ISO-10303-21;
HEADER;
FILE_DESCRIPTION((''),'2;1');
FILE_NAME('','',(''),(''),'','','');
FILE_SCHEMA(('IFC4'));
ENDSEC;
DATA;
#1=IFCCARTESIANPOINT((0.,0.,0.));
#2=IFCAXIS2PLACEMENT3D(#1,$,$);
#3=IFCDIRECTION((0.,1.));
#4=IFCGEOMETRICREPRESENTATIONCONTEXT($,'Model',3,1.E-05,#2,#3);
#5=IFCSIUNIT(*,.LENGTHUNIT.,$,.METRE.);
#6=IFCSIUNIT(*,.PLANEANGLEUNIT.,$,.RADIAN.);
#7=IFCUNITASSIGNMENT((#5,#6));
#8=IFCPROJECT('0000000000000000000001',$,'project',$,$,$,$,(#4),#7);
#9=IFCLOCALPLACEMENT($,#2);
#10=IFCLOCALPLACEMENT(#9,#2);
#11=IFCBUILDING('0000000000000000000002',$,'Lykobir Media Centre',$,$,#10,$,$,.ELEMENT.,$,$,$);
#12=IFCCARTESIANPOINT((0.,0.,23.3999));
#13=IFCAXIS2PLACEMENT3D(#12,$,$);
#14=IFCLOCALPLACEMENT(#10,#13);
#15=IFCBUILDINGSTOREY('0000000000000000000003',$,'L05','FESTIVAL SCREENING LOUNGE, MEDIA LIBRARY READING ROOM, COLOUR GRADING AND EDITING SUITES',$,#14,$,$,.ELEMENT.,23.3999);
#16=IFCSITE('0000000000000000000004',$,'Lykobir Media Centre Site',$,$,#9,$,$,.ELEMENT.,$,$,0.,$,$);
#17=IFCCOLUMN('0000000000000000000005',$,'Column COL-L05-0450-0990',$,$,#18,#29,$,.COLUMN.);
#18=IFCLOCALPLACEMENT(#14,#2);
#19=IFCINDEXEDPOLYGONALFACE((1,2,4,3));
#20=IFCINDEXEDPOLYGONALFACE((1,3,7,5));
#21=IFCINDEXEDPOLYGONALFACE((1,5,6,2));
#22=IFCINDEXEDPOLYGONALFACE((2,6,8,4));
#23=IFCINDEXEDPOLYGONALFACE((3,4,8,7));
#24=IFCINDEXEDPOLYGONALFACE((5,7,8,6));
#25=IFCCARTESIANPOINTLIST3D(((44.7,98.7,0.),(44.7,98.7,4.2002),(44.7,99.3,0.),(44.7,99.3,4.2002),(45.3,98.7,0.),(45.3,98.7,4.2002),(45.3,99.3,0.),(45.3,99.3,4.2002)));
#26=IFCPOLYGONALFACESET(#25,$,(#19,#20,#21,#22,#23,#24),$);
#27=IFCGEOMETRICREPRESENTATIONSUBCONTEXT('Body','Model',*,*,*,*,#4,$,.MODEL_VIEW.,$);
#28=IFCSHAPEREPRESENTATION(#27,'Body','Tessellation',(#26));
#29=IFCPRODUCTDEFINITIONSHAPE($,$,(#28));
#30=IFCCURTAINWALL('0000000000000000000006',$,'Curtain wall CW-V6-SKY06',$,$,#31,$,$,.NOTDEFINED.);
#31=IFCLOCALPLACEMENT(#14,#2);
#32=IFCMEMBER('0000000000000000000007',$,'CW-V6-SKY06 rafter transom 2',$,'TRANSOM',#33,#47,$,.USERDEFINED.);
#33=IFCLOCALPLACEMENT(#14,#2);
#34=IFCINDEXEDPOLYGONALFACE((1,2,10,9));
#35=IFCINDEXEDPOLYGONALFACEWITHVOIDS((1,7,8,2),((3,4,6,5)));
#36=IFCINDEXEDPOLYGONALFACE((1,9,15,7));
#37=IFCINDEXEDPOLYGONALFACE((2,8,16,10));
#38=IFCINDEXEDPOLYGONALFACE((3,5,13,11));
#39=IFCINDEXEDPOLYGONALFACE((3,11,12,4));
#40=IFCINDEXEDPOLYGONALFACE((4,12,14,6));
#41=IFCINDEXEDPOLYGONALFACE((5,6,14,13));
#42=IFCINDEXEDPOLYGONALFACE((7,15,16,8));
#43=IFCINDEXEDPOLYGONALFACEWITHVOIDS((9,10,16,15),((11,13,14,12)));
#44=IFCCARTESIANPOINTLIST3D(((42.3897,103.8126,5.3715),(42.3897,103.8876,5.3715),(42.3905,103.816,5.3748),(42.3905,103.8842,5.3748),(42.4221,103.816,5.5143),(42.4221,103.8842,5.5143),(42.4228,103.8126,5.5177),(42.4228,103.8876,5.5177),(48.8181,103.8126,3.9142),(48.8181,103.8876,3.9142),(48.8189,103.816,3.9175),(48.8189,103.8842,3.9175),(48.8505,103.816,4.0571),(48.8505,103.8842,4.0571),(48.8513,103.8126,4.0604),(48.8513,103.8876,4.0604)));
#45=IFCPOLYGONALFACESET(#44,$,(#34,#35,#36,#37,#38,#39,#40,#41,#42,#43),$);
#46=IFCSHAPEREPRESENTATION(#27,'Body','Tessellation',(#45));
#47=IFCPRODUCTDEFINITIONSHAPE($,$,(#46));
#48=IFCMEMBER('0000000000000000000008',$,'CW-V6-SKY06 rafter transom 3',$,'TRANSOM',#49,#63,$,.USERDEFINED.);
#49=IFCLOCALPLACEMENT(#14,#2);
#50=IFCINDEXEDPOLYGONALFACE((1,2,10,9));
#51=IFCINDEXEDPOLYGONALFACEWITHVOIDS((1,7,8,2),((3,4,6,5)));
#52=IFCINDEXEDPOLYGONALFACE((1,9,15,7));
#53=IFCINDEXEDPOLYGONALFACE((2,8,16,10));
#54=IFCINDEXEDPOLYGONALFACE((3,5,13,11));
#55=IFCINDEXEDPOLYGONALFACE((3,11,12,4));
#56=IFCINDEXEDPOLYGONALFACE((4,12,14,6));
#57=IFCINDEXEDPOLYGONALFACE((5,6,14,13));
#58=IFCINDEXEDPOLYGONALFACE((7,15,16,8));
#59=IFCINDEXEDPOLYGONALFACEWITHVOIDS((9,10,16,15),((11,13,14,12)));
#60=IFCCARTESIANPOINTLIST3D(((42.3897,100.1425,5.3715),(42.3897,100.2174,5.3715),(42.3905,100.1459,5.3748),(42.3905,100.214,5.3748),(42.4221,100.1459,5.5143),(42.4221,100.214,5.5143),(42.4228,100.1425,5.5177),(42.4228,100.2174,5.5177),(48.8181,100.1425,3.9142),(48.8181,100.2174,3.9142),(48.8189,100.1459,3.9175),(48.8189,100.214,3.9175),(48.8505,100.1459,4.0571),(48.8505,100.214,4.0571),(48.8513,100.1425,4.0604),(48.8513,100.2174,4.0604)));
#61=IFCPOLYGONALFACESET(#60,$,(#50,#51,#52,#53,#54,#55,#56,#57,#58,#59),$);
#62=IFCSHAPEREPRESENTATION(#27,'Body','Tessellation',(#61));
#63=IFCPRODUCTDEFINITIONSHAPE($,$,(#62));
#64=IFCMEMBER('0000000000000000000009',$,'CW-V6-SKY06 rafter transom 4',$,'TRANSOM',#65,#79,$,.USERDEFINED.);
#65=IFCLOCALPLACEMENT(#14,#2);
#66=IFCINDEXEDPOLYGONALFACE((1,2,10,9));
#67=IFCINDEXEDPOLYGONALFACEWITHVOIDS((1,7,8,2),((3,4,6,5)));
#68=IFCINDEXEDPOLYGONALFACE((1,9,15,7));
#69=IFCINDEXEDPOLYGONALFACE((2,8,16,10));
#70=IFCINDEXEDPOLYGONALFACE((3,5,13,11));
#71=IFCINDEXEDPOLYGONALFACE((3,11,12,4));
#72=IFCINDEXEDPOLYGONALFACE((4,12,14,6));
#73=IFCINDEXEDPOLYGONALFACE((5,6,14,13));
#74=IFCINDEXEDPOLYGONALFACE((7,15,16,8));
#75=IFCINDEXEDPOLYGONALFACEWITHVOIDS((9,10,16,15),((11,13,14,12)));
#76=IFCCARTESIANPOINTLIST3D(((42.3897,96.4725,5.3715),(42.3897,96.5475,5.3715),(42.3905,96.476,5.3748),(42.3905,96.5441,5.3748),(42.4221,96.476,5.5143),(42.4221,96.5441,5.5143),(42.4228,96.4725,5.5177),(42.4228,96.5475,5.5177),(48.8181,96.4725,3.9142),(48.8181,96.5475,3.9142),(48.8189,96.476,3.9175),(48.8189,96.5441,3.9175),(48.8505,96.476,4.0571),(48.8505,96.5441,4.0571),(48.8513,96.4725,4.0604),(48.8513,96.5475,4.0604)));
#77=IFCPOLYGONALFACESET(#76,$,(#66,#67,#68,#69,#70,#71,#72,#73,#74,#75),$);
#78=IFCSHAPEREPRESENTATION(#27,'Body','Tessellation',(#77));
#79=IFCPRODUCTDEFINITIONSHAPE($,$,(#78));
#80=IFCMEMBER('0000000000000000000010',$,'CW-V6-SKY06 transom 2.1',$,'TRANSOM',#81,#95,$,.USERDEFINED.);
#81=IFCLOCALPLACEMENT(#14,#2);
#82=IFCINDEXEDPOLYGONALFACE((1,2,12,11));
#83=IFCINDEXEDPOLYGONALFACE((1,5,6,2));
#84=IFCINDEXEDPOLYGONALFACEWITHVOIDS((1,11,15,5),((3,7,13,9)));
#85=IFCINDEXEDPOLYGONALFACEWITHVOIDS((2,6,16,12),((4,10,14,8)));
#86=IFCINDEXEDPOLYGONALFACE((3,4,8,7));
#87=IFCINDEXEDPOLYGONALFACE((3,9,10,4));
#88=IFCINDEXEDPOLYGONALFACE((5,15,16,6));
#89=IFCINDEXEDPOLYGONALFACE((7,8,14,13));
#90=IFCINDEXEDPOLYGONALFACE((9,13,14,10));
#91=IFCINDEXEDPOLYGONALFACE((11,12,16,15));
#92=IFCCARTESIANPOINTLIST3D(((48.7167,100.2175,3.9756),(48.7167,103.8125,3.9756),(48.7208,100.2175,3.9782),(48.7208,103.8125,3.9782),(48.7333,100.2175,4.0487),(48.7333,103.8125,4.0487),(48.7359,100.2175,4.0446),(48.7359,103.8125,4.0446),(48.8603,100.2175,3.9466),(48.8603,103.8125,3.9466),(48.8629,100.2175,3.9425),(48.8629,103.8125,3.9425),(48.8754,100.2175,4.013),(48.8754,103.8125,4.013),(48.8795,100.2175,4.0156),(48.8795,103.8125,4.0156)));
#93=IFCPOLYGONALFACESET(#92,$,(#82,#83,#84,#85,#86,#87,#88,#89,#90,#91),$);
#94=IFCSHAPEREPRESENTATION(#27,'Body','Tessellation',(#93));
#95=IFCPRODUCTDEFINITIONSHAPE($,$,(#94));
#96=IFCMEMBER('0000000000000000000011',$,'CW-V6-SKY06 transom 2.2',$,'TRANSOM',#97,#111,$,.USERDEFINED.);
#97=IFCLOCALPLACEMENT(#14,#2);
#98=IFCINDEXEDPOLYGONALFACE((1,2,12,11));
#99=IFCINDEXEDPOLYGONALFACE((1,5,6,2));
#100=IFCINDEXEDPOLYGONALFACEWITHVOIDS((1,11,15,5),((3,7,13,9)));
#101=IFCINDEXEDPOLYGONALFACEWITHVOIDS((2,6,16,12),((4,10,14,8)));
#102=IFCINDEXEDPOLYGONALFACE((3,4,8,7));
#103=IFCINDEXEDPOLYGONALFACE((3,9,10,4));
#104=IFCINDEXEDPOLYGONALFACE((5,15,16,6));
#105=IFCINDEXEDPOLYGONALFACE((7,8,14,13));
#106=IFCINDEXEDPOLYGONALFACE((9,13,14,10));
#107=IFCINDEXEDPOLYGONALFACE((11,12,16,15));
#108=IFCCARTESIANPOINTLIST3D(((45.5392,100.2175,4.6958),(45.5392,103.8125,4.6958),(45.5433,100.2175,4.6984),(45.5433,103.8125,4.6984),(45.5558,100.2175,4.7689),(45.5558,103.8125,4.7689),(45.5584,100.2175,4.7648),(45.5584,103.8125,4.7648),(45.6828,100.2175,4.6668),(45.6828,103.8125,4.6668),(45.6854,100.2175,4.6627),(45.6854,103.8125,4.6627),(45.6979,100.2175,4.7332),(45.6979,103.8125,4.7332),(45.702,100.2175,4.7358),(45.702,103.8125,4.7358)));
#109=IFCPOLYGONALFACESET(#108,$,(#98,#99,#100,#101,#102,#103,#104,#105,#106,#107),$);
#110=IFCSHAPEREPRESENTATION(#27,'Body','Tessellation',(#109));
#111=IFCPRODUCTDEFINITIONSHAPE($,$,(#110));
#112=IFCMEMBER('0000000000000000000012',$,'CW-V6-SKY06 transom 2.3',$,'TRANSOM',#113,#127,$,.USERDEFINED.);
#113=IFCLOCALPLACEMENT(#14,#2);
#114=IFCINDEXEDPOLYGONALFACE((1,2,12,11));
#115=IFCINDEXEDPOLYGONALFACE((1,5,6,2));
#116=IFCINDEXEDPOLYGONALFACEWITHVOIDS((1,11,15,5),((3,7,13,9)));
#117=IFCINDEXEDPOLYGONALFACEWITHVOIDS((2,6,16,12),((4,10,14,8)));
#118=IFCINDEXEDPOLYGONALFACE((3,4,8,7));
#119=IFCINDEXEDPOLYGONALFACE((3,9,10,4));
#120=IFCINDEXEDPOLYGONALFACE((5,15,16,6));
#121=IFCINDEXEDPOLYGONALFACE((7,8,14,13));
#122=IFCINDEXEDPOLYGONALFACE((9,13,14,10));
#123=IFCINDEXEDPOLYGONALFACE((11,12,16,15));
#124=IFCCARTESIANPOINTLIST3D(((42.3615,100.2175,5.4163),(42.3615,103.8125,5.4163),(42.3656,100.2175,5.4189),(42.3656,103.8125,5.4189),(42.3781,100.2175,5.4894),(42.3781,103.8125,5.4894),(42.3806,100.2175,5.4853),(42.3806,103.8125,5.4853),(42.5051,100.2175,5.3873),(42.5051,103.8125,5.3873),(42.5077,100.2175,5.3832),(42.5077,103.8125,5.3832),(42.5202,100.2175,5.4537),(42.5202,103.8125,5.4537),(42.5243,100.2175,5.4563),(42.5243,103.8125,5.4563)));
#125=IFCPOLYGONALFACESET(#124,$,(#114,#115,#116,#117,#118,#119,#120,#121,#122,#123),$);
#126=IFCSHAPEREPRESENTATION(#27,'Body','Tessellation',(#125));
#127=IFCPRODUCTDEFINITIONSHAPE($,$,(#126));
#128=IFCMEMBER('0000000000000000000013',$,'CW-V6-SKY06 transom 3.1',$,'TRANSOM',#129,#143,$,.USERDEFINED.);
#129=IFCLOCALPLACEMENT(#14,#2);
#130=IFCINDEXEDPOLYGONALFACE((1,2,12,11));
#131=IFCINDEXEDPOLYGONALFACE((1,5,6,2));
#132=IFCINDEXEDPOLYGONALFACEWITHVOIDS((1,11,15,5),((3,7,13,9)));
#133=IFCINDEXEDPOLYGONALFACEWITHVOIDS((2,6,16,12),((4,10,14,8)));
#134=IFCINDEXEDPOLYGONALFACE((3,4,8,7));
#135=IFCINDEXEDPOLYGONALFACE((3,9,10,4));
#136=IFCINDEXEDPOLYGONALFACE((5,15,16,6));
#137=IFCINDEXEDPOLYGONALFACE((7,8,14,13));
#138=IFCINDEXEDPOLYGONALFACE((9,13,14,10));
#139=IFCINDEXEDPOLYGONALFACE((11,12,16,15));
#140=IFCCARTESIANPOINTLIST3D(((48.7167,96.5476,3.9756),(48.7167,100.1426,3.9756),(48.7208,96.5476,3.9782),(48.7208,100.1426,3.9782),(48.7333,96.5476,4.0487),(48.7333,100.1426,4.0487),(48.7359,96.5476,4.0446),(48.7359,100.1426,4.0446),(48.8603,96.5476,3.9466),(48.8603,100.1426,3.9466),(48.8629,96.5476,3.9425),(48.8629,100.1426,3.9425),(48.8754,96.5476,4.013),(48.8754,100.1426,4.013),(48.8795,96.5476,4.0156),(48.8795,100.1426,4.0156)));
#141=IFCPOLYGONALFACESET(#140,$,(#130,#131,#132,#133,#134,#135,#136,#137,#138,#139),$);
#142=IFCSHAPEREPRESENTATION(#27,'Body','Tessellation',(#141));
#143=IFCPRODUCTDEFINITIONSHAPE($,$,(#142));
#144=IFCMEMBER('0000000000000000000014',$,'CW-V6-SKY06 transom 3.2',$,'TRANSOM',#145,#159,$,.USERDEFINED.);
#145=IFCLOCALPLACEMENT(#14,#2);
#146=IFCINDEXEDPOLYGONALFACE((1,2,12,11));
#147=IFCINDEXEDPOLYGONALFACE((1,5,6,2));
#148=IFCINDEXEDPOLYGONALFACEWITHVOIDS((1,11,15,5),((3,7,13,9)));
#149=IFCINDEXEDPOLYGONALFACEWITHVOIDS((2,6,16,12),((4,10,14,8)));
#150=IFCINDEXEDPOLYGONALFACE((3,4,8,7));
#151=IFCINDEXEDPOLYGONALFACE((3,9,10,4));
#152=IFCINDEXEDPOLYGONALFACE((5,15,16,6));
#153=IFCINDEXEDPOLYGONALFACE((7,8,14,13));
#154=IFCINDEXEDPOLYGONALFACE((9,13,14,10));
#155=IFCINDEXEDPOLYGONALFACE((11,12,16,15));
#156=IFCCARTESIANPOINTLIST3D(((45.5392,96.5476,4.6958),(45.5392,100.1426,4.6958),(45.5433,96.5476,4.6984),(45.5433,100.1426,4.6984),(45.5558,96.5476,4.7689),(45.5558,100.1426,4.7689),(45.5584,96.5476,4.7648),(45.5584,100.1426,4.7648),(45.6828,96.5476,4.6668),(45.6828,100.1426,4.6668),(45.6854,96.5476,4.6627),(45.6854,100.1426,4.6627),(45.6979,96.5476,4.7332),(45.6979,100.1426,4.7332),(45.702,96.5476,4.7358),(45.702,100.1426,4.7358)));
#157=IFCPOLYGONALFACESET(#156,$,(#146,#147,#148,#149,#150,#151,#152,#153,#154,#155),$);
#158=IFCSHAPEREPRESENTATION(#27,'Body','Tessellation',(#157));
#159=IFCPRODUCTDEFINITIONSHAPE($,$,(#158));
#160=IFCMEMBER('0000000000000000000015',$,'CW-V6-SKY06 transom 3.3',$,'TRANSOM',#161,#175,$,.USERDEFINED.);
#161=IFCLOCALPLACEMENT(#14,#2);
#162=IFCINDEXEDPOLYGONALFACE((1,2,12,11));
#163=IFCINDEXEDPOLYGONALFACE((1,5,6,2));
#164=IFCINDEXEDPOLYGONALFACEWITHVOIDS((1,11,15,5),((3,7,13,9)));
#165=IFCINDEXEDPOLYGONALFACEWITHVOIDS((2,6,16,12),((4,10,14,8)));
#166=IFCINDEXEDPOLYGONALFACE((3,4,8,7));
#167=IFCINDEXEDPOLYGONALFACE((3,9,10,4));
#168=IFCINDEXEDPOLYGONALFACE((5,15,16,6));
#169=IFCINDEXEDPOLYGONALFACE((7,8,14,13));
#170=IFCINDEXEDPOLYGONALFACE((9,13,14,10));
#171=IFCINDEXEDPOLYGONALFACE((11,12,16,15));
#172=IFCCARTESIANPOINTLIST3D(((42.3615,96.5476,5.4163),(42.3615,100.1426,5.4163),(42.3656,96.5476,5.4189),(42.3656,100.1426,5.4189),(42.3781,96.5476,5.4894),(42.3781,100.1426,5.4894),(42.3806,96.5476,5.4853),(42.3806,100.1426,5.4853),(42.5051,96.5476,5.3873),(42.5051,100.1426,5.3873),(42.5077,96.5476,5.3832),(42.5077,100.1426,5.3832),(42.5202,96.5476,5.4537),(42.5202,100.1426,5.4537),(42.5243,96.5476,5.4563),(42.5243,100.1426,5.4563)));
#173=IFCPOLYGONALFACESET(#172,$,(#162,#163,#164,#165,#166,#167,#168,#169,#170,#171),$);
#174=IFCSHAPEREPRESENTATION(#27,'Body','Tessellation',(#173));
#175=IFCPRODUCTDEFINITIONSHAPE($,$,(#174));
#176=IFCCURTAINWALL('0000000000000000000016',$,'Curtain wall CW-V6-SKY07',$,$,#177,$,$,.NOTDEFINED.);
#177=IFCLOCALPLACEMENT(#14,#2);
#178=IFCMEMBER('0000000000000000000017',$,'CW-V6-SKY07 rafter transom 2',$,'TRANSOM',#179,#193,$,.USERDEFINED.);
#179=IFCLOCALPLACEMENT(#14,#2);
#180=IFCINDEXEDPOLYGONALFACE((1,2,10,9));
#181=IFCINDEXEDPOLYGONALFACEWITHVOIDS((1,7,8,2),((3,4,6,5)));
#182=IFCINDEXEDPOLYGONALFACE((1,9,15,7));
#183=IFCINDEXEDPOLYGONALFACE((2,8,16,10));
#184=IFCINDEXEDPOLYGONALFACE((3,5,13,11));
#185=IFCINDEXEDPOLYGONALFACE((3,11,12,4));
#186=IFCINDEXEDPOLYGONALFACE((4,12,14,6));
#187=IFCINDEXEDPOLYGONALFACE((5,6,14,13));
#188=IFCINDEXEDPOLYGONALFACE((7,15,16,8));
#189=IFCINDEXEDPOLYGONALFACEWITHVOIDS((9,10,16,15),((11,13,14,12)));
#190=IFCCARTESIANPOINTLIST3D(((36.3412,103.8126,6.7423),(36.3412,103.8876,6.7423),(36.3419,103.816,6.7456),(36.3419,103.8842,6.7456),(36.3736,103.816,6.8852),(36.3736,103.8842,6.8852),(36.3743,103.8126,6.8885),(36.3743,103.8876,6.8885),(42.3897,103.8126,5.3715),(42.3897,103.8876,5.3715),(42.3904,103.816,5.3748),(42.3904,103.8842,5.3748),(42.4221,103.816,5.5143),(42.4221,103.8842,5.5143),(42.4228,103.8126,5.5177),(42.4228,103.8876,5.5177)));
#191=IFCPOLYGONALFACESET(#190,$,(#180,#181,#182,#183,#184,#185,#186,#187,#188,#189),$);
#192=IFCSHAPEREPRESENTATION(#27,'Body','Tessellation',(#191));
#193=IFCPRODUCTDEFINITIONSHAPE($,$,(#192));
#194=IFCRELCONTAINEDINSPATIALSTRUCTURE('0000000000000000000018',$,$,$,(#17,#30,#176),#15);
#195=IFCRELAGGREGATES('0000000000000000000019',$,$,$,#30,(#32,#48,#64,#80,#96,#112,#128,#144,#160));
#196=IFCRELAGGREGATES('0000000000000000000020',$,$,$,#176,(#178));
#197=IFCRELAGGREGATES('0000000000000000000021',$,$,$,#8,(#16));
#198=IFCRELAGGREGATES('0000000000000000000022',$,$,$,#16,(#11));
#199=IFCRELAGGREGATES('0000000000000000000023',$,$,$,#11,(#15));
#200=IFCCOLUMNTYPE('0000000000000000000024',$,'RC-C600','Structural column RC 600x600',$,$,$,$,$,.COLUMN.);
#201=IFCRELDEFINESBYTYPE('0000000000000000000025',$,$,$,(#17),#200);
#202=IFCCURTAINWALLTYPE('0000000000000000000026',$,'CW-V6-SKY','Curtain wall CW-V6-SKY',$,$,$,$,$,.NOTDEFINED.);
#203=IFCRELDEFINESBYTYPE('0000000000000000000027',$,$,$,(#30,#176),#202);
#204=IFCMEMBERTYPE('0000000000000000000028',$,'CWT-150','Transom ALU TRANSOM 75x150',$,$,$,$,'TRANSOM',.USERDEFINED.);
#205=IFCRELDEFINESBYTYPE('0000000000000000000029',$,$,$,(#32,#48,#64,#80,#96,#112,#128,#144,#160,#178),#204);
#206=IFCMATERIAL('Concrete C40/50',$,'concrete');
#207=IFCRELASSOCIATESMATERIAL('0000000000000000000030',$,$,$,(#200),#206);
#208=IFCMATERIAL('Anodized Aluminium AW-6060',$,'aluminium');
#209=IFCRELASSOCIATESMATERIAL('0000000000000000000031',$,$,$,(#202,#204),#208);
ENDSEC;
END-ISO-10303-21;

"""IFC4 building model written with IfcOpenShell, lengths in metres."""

from ifc_helpers import new_model, si_unit, direction, frame, origin, origin_2d, place, context, subcontext, project, spatial, rectangle, hollow_rectangle, extrude, material, material_profile, profile_set, type_object, element, aggregate, save


model = new_model("IFC4")

# Units and contexts
model_context = context("Model", 3, precision=1e-05, world=origin(), true_north=direction((0.0, 1.0)))
body_context = subcontext(model_context, "Body", "Model", "MODEL_VIEW")
ifc_project = project(units=[si_unit("LENGTHUNIT", "METRE"), si_unit("PLANEANGLEUNIT", "RADIAN")], contexts=[model_context])

# Site, building, storey
site_placement = place(None, origin())
site = spatial("IfcSite", under=ifc_project, at=site_placement, Name="Lykobir Media Centre Site", CompositionType="ELEMENT", RefElevation=0.0)
building_placement = place(site_placement, origin())
building = spatial("IfcBuilding", under=site, at=building_placement, Name="Lykobir Media Centre", CompositionType="ELEMENT")
storey_placement = place(building_placement, frame((0.0, 0.0, 23.3999)))
storey = spatial("IfcBuildingStorey", under=building, at=storey_placement, Name="L05", Description="FESTIVAL SCREENING LOUNGE, MEDIA LIBRARY READING ROOM, COLOUR GRADING AND EDITING SUITES", CompositionType="ELEMENT", Elevation=23.3999)

# Column
ifc_material_1 = material(Name="Concrete C40/50", Category="concrete")
ifc_material_profile_1 = material_profile(ifc_material_1, rectangle(XDim=0.6001, YDim=0.6001, at=origin_2d()), Name="RC 600x600")
ifc_profile_set_1 = profile_set([ifc_material_profile_1], Name="Concrete C40/50")
column_type = type_object("IfcColumnType", Name="RC-C600", Description="Structural column RC 600x600", PredefinedType="COLUMN", material=ifc_profile_set_1)
column_placement = place(storey_placement, frame((45.0, 99.0, 0.0), z_axis=(0.0, 0.0, 1.0), x_axis=(1.0, 0.0, 0.0)))
element("IfcColumn", 1, at=column_placement, inside=storey, type_object=column_type, Name="Column COL-L05-0450-0990", PredefinedType="COLUMN", context=body_context, shape_type="SweptSolid", body=[
    extrude(rectangle(XDim=0.6001, YDim=0.6001, at=origin_2d()), origin(), (0.0, 0.0, 1.0), 4.2002),
])

# Curtain walls, members
ifc_material_2 = material(Name="Anodized Aluminium AW-6060", Category="aluminium")
curtain_wall_type = type_object("IfcCurtainWallType", Name="CW-V6-SKY", Description="Curtain wall CW-V6-SKY", PredefinedType="NOTDEFINED", material=ifc_material_2)
curtain_wall_1_placement = place(storey_placement, origin())
curtain_wall_1 = element("IfcCurtainWall", 2, at=curtain_wall_1_placement, inside=storey, type_object=curtain_wall_type, Name="Curtain wall CW-V6-SKY06", PredefinedType="NOTDEFINED")
ifc_material_profile_2 = material_profile(ifc_material_2, hollow_rectangle(XDim=0.075, YDim=0.1499, WallThickness=0.0034, at=origin_2d()), Name="ALU TRANSOM 75x150")
ifc_profile_set_2 = profile_set([ifc_material_profile_2], Name="Anodized Aluminium AW-6060")
member_type = type_object("IfcMemberType", Name="CWT-150", Description="Transom ALU TRANSOM 75x150", ElementType="TRANSOM", PredefinedType="USERDEFINED", material=ifc_profile_set_2)
member_1_placement = place(storey_placement, frame((48.8347, 103.8501, 3.9873), z_axis=(-0.975255, 0.0, 0.221082), x_axis=(0.0, -1.0, 0.0)))
member_1 = element("IfcMember", 3, at=member_1_placement, type_object=member_type, Name="CW-V6-SKY06 rafter transom 2", ObjectType="TRANSOM", PredefinedType="USERDEFINED", context=body_context, shape_type="SweptSolid", body=[
    extrude(hollow_rectangle(XDim=0.075, YDim=0.1499, WallThickness=0.0034, at=origin_2d()), origin(), (0.0, 0.0, 1.0), 6.5916),
])
member_2_placement = place(storey_placement, frame((48.8347, 100.1799, 3.9873), z_axis=(-0.975255, 0.0, 0.221082), x_axis=(0.0, -1.0, 0.0)))
member_2 = element("IfcMember", 4, at=member_2_placement, type_object=member_type, Name="CW-V6-SKY06 rafter transom 3", ObjectType="TRANSOM", PredefinedType="USERDEFINED", context=body_context, shape_type="SweptSolid", body=[
    extrude(hollow_rectangle(XDim=0.075, YDim=0.1499, WallThickness=0.0034, at=origin_2d()), origin(), (0.0, 0.0, 1.0), 6.5916),
])
member_3_placement = place(storey_placement, frame((48.8347, 96.51, 3.9873), z_axis=(-0.975255, 0.0, 0.221082), x_axis=(0.0, -1.0, 0.0)))
member_3 = element("IfcMember", 5, at=member_3_placement, type_object=member_type, Name="CW-V6-SKY06 rafter transom 4", ObjectType="TRANSOM", PredefinedType="USERDEFINED", context=body_context, shape_type="SweptSolid", body=[
    extrude(hollow_rectangle(XDim=0.075, YDim=0.1499, WallThickness=0.0034, at=origin_2d()), origin(), (0.0, 0.0, 1.0), 6.5916),
])
member_4_placement = place(storey_placement, frame((48.7981, 103.8125, 3.9956), z_axis=(0.0, -1.0, 0.0), x_axis=(0.221072, 0.0, 0.975258)))
member_4 = element("IfcMember", 6, at=member_4_placement, type_object=member_type, Name="CW-V6-SKY06 transom 2.1", ObjectType="TRANSOM", PredefinedType="USERDEFINED", context=body_context, shape_type="SweptSolid", body=[
    extrude(hollow_rectangle(XDim=0.075, YDim=0.1499, WallThickness=0.0034, at=origin_2d()), origin(), (0.0, 0.0, 1.0), 3.595),
])
member_5_placement = place(storey_placement, frame((45.6206, 103.8125, 4.7158), z_axis=(0.0, -1.0, 0.0), x_axis=(0.221072, 0.0, 0.975258)))
member_5 = element("IfcMember", 7, at=member_5_placement, type_object=member_type, Name="CW-V6-SKY06 transom 2.2", ObjectType="TRANSOM", PredefinedType="USERDEFINED", context=body_context, shape_type="SweptSolid", body=[
    extrude(hollow_rectangle(XDim=0.075, YDim=0.1499, WallThickness=0.0034, at=origin_2d()), origin(), (0.0, 0.0, 1.0), 3.595),
])
member_6_placement = place(storey_placement, frame((42.4429, 103.8125, 5.4363), z_axis=(0.0, -1.0, 0.0), x_axis=(0.221072, 0.0, 0.975258)))
member_6 = element("IfcMember", 8, at=member_6_placement, type_object=member_type, Name="CW-V6-SKY06 transom 2.3", ObjectType="TRANSOM", PredefinedType="USERDEFINED", context=body_context, shape_type="SweptSolid", body=[
    extrude(hollow_rectangle(XDim=0.075, YDim=0.1499, WallThickness=0.0034, at=origin_2d()), origin(), (0.0, 0.0, 1.0), 3.595),
])
member_7_placement = place(storey_placement, frame((48.7981, 100.1426, 3.9956), z_axis=(0.0, -1.0, 0.0), x_axis=(0.221072, 0.0, 0.975258)))
member_7 = element("IfcMember", 9, at=member_7_placement, type_object=member_type, Name="CW-V6-SKY06 transom 3.1", ObjectType="TRANSOM", PredefinedType="USERDEFINED", context=body_context, shape_type="SweptSolid", body=[
    extrude(hollow_rectangle(XDim=0.075, YDim=0.1499, WallThickness=0.0034, at=origin_2d()), origin(), (0.0, 0.0, 1.0), 3.595),
])
member_8_placement = place(storey_placement, frame((45.6206, 100.1426, 4.7158), z_axis=(0.0, -1.0, 0.0), x_axis=(0.221072, 0.0, 0.975258)))
member_8 = element("IfcMember", 10, at=member_8_placement, type_object=member_type, Name="CW-V6-SKY06 transom 3.2", ObjectType="TRANSOM", PredefinedType="USERDEFINED", context=body_context, shape_type="SweptSolid", body=[
    extrude(hollow_rectangle(XDim=0.075, YDim=0.1499, WallThickness=0.0034, at=origin_2d()), origin(), (0.0, 0.0, 1.0), 3.595),
])
member_9_placement = place(storey_placement, frame((42.4429, 100.1426, 5.4363), z_axis=(0.0, -1.0, 0.0), x_axis=(0.221072, 0.0, 0.975258)))
member_9 = element("IfcMember", 11, at=member_9_placement, type_object=member_type, Name="CW-V6-SKY06 transom 3.3", ObjectType="TRANSOM", PredefinedType="USERDEFINED", context=body_context, shape_type="SweptSolid", body=[
    extrude(hollow_rectangle(XDim=0.075, YDim=0.1499, WallThickness=0.0034, at=origin_2d()), origin(), (0.0, 0.0, 1.0), 3.595),
])
curtain_wall_2_placement = place(storey_placement, origin())
curtain_wall_2 = element("IfcCurtainWall", 12, at=curtain_wall_2_placement, inside=storey, type_object=curtain_wall_type, Name="Curtain wall CW-V6-SKY07", PredefinedType="NOTDEFINED")
member_10_placement = place(storey_placement, frame((42.4062, 103.8501, 5.4446), z_axis=(-0.975266, 0.0, 0.221034), x_axis=(0.0, -1.0, 0.0)))
member_10 = element("IfcMember", 13, at=member_10_placement, type_object=member_type, Name="CW-V6-SKY07 rafter transom 2", ObjectType="TRANSOM", PredefinedType="USERDEFINED", context=body_context, shape_type="SweptSolid", body=[
    extrude(hollow_rectangle(XDim=0.075, YDim=0.1499, WallThickness=0.0034, at=origin_2d()), origin(), (0.0, 0.0, 1.0), 6.2019),
])

aggregate(curtain_wall_1, [member_1, member_2, member_3, member_4, member_5, member_6, member_7, member_8, member_9])
aggregate(curtain_wall_2, [member_10])

save(model, "model.ifc")
